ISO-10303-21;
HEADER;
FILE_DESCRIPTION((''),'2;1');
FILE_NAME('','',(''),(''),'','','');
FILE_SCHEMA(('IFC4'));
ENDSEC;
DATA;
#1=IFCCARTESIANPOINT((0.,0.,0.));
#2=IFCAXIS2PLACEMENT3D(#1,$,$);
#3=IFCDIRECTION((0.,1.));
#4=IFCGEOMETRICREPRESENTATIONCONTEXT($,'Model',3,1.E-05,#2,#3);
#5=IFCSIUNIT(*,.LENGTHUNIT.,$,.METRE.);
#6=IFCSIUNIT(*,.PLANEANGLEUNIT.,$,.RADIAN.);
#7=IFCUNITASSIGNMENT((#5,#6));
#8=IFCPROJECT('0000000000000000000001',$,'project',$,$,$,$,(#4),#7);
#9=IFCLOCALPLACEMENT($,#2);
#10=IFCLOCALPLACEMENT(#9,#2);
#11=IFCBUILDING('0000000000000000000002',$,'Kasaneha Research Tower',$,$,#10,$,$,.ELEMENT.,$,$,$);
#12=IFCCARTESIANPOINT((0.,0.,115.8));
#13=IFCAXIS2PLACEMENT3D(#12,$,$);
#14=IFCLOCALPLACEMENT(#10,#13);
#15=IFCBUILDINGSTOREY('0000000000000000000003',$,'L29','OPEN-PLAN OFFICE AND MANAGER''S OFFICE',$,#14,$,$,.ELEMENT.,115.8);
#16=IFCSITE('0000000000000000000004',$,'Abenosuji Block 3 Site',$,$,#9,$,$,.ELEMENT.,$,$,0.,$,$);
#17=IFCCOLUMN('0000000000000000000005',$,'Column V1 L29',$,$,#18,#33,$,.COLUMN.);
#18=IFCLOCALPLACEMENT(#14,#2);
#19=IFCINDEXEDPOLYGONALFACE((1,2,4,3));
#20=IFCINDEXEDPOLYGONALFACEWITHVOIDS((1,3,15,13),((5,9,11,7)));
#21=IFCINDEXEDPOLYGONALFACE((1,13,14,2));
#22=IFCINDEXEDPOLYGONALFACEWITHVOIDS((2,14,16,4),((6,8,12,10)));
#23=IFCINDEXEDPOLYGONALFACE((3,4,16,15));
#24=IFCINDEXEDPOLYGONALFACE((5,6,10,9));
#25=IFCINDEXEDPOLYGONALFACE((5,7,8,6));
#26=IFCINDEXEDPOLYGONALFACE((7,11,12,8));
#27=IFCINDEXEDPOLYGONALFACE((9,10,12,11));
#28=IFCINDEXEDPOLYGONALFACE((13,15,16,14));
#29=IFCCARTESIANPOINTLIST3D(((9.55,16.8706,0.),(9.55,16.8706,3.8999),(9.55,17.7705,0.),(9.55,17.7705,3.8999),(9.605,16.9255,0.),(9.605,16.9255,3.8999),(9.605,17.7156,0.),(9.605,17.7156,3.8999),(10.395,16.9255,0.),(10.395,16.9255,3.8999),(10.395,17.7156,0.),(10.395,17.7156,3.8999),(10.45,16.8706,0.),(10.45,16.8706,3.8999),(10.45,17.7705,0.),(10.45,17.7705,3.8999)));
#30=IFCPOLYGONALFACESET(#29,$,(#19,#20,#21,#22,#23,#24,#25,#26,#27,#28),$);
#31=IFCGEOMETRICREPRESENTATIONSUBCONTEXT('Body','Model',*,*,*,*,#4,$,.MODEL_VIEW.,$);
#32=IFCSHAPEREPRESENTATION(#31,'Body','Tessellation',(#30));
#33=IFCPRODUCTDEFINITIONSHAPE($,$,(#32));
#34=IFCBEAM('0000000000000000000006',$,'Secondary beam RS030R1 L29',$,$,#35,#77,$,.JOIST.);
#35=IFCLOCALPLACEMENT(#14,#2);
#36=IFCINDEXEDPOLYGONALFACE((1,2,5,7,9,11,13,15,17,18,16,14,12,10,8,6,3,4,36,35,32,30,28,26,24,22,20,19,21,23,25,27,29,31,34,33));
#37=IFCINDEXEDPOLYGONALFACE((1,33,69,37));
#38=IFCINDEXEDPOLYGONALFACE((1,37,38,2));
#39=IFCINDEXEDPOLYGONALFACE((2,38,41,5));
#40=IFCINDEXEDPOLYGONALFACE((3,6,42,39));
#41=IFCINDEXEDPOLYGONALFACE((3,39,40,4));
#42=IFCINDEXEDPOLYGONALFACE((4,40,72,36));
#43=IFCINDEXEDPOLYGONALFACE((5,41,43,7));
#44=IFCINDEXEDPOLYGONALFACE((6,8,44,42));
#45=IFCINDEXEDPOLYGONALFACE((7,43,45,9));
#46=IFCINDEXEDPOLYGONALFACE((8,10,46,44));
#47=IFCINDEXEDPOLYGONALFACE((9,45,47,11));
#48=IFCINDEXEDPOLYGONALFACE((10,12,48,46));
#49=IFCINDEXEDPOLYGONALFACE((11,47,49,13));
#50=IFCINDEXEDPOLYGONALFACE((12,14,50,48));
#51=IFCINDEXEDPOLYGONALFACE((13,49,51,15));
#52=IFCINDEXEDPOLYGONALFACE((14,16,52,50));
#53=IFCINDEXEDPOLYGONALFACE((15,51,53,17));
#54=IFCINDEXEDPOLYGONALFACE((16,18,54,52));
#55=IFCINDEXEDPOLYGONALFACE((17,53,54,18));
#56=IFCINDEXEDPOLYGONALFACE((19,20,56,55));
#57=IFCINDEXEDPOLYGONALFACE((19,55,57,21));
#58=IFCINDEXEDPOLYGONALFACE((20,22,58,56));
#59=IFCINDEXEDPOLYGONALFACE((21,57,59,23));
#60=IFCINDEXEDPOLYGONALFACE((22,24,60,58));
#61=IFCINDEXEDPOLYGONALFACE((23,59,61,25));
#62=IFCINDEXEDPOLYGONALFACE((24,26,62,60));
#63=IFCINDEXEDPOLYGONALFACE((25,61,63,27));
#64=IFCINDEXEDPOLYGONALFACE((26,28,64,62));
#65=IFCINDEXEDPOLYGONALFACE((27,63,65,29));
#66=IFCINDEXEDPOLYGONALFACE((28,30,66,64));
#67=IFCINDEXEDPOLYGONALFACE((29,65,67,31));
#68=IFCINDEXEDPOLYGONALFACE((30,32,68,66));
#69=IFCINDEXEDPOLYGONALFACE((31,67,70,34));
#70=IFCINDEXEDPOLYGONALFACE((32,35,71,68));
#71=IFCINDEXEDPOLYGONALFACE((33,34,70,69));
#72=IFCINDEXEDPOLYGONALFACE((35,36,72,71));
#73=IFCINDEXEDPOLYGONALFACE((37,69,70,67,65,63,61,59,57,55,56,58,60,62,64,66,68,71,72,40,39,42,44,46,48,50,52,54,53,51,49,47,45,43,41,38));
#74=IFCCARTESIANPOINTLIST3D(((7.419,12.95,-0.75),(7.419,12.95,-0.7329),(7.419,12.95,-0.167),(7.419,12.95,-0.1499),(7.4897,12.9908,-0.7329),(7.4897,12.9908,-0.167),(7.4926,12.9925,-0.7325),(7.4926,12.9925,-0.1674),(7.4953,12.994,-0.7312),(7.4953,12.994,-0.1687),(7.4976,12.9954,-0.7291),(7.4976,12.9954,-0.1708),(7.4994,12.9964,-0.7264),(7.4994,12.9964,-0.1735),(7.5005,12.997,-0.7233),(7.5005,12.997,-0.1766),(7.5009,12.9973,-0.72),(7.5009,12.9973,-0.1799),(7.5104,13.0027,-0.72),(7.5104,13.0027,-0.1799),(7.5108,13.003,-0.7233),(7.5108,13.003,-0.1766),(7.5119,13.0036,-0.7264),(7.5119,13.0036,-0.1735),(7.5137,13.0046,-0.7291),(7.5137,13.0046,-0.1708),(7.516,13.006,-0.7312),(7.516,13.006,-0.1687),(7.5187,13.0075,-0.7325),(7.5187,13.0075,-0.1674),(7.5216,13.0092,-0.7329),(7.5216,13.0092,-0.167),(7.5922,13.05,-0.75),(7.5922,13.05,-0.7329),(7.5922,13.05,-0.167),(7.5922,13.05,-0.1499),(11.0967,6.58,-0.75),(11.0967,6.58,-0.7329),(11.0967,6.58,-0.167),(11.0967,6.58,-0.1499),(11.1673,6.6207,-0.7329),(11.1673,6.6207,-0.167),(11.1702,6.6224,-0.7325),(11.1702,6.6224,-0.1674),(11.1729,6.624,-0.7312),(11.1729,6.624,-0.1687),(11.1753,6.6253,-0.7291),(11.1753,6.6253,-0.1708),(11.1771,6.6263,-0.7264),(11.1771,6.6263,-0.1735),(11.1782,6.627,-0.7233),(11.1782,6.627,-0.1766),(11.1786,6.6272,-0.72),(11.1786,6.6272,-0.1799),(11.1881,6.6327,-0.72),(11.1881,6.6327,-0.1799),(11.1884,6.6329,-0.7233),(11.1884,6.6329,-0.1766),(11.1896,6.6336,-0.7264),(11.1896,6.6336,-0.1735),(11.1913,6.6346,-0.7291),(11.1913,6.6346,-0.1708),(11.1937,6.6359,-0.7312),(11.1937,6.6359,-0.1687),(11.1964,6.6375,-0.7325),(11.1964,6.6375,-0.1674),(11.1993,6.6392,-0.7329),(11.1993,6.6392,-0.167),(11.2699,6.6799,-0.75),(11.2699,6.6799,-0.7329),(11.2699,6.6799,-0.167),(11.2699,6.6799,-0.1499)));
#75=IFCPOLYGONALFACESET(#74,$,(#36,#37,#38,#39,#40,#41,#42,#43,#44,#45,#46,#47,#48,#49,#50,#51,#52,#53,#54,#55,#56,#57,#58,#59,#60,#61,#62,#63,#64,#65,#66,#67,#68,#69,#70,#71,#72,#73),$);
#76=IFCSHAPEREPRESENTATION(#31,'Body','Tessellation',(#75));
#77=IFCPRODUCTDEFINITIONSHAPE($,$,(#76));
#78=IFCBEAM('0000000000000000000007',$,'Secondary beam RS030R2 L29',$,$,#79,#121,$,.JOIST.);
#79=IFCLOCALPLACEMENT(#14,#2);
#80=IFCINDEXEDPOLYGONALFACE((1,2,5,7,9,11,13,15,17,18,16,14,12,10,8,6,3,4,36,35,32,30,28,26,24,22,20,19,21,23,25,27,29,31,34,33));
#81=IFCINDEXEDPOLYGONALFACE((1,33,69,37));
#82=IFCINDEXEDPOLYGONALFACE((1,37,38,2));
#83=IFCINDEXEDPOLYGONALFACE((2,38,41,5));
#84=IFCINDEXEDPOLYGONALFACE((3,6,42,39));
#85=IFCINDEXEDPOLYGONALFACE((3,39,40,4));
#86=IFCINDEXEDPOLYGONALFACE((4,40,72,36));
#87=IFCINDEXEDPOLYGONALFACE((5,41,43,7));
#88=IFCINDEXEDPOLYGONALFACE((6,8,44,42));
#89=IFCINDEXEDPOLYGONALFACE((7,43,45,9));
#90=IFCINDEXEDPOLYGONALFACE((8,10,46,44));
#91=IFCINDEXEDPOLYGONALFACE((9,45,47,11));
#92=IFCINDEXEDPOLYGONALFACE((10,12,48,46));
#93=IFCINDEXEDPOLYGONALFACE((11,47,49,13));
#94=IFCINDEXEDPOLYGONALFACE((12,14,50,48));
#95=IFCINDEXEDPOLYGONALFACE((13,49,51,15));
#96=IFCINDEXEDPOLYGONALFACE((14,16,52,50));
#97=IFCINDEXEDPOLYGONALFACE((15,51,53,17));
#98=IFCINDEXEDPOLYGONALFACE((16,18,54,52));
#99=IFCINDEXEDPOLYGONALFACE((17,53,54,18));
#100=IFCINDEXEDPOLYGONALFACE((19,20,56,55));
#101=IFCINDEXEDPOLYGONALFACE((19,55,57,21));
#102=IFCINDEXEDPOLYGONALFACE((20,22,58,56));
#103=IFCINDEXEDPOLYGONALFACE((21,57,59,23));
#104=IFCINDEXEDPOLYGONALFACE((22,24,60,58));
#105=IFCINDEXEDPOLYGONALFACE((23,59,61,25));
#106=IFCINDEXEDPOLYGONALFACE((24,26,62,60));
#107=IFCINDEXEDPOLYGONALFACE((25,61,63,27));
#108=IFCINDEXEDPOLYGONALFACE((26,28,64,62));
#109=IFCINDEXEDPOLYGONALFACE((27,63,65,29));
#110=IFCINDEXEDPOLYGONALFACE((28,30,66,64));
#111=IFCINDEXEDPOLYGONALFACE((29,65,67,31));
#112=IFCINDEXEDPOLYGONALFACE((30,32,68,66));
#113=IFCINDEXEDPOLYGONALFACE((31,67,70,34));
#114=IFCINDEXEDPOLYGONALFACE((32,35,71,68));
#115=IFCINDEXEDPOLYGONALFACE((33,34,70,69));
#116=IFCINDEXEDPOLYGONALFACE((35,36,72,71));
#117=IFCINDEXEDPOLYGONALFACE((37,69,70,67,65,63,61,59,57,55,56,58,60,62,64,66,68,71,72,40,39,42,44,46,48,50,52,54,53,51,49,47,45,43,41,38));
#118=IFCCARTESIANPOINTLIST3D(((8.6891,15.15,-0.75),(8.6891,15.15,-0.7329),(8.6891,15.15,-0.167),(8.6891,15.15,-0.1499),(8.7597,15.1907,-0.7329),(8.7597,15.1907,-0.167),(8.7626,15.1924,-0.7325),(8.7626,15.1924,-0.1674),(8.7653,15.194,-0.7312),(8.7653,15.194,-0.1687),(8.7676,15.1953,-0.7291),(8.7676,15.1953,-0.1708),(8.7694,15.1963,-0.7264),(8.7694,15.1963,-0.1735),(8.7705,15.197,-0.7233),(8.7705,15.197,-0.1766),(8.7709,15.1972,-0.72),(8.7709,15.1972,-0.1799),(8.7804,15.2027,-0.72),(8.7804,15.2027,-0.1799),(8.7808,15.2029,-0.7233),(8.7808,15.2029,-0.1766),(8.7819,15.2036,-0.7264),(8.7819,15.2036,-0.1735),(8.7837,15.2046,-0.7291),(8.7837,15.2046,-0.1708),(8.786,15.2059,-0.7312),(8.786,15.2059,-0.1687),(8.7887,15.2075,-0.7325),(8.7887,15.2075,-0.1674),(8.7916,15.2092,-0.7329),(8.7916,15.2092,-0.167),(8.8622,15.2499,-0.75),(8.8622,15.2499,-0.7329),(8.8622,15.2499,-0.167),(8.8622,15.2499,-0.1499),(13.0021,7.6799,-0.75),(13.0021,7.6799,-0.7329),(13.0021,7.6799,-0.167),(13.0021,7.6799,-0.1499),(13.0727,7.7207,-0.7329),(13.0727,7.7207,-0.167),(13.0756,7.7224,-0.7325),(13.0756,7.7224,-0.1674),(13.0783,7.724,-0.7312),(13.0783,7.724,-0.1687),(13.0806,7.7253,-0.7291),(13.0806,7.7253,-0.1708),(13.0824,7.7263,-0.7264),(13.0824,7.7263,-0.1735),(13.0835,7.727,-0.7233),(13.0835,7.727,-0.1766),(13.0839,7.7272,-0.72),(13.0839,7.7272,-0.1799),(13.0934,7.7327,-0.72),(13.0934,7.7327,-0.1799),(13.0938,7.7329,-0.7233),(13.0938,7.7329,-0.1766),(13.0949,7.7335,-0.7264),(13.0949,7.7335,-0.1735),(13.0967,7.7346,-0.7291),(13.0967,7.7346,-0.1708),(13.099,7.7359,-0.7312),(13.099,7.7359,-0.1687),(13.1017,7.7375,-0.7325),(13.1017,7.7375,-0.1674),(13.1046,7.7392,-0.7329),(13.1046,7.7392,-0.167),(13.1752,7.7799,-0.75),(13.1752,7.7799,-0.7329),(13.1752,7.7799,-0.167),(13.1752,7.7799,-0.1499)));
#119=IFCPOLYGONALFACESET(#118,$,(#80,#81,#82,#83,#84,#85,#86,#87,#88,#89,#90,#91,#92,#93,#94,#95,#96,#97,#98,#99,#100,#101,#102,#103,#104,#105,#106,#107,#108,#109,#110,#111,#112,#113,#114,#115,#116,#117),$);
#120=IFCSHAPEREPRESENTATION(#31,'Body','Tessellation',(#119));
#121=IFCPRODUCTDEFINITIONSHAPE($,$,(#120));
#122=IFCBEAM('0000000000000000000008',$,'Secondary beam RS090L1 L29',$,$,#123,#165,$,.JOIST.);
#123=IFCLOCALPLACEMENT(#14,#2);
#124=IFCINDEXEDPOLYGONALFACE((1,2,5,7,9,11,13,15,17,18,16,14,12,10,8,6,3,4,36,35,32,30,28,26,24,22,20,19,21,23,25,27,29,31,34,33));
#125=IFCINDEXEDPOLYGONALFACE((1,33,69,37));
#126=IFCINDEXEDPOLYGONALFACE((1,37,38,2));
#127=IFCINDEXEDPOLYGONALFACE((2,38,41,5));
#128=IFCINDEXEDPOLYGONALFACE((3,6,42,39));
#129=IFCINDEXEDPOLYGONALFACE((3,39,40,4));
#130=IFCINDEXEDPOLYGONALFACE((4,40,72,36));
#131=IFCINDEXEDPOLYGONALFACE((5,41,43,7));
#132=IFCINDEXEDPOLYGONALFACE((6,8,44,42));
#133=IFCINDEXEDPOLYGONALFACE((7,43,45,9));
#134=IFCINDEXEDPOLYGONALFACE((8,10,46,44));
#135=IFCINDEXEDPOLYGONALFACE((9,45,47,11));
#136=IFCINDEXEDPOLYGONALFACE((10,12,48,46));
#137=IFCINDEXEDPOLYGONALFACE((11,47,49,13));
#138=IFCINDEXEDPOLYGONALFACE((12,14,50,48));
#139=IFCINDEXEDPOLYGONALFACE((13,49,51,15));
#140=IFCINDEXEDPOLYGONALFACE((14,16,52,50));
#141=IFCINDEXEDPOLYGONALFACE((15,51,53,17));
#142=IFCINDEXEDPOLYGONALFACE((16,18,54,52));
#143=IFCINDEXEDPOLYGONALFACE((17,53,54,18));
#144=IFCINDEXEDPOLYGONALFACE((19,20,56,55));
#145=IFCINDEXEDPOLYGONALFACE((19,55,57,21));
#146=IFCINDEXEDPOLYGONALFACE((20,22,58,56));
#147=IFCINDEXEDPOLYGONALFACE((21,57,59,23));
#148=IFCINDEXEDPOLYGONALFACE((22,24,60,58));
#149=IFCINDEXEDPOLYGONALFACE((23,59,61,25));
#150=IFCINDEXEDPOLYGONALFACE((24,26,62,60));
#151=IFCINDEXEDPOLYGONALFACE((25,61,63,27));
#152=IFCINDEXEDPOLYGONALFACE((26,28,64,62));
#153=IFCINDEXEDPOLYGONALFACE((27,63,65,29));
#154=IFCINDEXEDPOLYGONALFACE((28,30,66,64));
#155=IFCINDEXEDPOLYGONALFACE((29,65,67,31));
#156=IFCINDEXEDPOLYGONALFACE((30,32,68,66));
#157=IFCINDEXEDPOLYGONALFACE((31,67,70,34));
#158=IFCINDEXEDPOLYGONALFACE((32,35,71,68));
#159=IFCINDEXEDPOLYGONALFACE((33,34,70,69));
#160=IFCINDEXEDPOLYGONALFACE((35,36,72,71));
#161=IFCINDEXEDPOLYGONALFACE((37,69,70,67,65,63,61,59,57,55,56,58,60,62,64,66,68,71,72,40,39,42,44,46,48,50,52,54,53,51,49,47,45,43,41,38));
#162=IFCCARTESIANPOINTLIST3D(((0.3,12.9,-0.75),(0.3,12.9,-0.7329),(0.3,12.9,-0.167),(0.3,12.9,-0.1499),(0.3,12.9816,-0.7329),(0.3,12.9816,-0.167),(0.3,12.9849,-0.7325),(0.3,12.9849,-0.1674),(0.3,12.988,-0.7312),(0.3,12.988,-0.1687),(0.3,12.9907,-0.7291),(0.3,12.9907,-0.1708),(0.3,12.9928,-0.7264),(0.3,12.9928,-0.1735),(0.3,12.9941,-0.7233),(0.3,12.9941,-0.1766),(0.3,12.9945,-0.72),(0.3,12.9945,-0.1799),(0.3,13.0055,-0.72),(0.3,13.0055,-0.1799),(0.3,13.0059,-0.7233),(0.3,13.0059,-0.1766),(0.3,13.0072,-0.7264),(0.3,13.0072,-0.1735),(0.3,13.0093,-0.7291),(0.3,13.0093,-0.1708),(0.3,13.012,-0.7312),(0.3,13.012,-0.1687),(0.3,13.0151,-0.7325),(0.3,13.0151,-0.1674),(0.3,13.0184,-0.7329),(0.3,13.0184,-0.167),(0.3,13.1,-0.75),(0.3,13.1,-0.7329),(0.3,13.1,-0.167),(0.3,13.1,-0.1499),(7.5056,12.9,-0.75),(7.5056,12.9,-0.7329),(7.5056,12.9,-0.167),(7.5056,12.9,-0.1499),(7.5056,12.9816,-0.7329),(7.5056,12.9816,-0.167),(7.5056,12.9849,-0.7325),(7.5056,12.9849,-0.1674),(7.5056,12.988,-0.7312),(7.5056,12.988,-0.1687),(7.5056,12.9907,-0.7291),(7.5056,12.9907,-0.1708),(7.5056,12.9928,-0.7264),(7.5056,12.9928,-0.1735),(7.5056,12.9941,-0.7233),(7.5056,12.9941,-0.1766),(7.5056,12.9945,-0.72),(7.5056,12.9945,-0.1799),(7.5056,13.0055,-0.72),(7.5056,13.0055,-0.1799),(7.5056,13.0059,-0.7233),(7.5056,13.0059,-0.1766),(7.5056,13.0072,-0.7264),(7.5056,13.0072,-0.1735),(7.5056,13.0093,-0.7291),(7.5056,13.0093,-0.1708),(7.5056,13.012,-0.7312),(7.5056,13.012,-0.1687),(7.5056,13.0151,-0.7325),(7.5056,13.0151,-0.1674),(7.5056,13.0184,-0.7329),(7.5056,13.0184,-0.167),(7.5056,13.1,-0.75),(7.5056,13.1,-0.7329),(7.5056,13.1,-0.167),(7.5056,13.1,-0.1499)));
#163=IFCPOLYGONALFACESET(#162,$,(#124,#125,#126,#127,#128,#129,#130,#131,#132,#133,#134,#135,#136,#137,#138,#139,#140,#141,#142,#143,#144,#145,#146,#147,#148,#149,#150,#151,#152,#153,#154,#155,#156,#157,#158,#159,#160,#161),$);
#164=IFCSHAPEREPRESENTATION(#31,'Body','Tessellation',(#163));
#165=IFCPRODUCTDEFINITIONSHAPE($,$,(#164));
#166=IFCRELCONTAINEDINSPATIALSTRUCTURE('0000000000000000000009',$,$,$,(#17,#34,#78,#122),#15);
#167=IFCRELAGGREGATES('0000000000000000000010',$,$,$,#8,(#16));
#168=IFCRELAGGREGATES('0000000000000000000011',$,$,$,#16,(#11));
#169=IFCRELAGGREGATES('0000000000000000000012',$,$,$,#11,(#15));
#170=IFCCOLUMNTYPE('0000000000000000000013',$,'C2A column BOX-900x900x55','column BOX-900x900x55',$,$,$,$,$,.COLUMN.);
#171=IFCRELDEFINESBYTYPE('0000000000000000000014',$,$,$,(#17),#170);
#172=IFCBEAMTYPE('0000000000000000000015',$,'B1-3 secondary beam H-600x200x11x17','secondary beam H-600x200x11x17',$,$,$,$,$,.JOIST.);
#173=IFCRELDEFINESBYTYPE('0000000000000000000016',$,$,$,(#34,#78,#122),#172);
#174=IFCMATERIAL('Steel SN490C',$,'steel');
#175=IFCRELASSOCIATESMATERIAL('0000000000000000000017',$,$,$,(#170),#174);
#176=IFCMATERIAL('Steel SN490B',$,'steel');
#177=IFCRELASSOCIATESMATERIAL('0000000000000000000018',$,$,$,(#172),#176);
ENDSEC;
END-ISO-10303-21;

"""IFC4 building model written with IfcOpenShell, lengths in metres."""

from ifc_helpers import new_model, si_unit, direction, frame, origin, origin_2d, place, context, subcontext, project, spatial, hollow_rectangle, i_section, extrude, material, material_profile, profile_set, type_object, element, save


model = new_model("IFC4")

# Units and contexts
model_context = context("Model", 3, precision=1e-05, world=origin(), true_north=direction((0.0, 1.0)))
body_context = subcontext(model_context, "Body", "Model", "MODEL_VIEW")
ifc_project = project(units=[si_unit("LENGTHUNIT", "METRE"), si_unit("PLANEANGLEUNIT", "RADIAN")], contexts=[model_context])

# Site, building, storey
site_placement = place(None, origin())
site = spatial("IfcSite", under=ifc_project, at=site_placement, Name="Abenosuji Block 3 Site", CompositionType="ELEMENT", RefElevation=0.0)
building_placement = place(site_placement, origin())
building = spatial("IfcBuilding", under=site, at=building_placement, Name="Kasaneha Research Tower", CompositionType="ELEMENT")
storey_placement = place(building_placement, frame((0.0, 0.0, 115.8)))
storey = spatial("IfcBuildingStorey", under=building, at=storey_placement, Name="L29", Description="OPEN-PLAN OFFICE AND MANAGER'S OFFICE", CompositionType="ELEMENT", Elevation=115.8)

# Column
ifc_material_1 = material(Name="Steel SN490C", Category="steel")
ifc_material_profile_1 = material_profile(ifc_material_1, hollow_rectangle(XDim=0.8999, YDim=0.8999, WallThickness=0.0549, at=origin_2d()), Name="BOX-900x900x55")
ifc_profile_set_1 = profile_set([ifc_material_profile_1], Name="Steel SN490C")
column_type = type_object("IfcColumnType", Name="C2A column BOX-900x900x55", Description="column BOX-900x900x55", PredefinedType="COLUMN", material=ifc_profile_set_1)
column_placement = place(storey_placement, frame((10.0, 17.3206, 0.0), z_axis=(0.0, 0.0, 1.0), x_axis=(1.0, 0.0, 0.0)))
element("IfcColumn", 1, at=column_placement, inside=storey, type_object=column_type, Name="Column V1 L29", PredefinedType="COLUMN", context=body_context, shape_type="SweptSolid", body=[
    extrude(hollow_rectangle(XDim=0.8999, YDim=0.8999, WallThickness=0.0549, at=origin_2d()), origin(), (0.0, 0.0, 1.0), 3.8999),
])

# Beams
ifc_material_2 = material(Name="Steel SN490B", Category="steel")
ifc_material_profile_2 = material_profile(ifc_material_2, i_section(OverallWidth=0.2, OverallDepth=0.6001, WebThickness=0.011, FlangeThickness=0.0171, FilletRadius=0.0129, at=origin_2d()), Name="H-600x200x11x17")
ifc_profile_set_2 = profile_set([ifc_material_profile_2], Name="Steel SN490B")
beam_type_1 = type_object("IfcBeamType", Name="B1-3 secondary beam H-600x200x11x17", Description="secondary beam H-600x200x11x17", PredefinedType="JOIST", material=ifc_profile_set_2)
beam_1_placement = place(storey_placement, frame((7.5056, 13.0, -0.45), z_axis=(0.499994, -0.866029, 0.0), x_axis=(0.866029, 0.499994, 0.0)))
element("IfcBeam", 2, at=beam_1_placement, inside=storey, type_object=beam_type_1, Name="Secondary beam RS030R1 L29", PredefinedType="JOIST", context=body_context, shape_type="SweptSolid", body=[
    extrude(i_section(OverallWidth=0.2, OverallDepth=0.6001, WebThickness=0.011, FlangeThickness=0.0171, FilletRadius=0.0129, at=origin_2d()), origin(), (0.0, 0.0, 1.0), 7.3555),
])
beam_2_placement = place(storey_placement, frame((8.7756, 15.2, -0.45), z_axis=(0.500017, -0.866015, 0.0), x_axis=(0.866015, 0.500017, 0.0)))
element("IfcBeam", 3, at=beam_2_placement, inside=storey, type_object=beam_type_1, Name="Secondary beam RS030R2 L29", PredefinedType="JOIST", context=body_context, shape_type="SweptSolid", body=[
    extrude(i_section(OverallWidth=0.2, OverallDepth=0.6001, WebThickness=0.011, FlangeThickness=0.0171, FilletRadius=0.0129, at=origin_2d()), origin(), (0.0, 0.0, 1.0), 8.6257),
])
beam_3_placement = place(storey_placement, frame((7.5056, 13.0, -0.45), z_axis=(-1.0, 0.0, 0.0), x_axis=(0.0, -1.0, 0.0)))
element("IfcBeam", 4, at=beam_3_placement, inside=storey, type_object=beam_type_1, Name="Secondary beam RS090L1 L29", PredefinedType="JOIST", context=body_context, shape_type="SweptSolid", body=[
    extrude(i_section(OverallWidth=0.2, OverallDepth=0.6001, WebThickness=0.011, FlangeThickness=0.0171, FilletRadius=0.0129, at=origin_2d()), origin(), (0.0, 0.0, 1.0), 7.2056),
])

save(model, "model.ifc")
